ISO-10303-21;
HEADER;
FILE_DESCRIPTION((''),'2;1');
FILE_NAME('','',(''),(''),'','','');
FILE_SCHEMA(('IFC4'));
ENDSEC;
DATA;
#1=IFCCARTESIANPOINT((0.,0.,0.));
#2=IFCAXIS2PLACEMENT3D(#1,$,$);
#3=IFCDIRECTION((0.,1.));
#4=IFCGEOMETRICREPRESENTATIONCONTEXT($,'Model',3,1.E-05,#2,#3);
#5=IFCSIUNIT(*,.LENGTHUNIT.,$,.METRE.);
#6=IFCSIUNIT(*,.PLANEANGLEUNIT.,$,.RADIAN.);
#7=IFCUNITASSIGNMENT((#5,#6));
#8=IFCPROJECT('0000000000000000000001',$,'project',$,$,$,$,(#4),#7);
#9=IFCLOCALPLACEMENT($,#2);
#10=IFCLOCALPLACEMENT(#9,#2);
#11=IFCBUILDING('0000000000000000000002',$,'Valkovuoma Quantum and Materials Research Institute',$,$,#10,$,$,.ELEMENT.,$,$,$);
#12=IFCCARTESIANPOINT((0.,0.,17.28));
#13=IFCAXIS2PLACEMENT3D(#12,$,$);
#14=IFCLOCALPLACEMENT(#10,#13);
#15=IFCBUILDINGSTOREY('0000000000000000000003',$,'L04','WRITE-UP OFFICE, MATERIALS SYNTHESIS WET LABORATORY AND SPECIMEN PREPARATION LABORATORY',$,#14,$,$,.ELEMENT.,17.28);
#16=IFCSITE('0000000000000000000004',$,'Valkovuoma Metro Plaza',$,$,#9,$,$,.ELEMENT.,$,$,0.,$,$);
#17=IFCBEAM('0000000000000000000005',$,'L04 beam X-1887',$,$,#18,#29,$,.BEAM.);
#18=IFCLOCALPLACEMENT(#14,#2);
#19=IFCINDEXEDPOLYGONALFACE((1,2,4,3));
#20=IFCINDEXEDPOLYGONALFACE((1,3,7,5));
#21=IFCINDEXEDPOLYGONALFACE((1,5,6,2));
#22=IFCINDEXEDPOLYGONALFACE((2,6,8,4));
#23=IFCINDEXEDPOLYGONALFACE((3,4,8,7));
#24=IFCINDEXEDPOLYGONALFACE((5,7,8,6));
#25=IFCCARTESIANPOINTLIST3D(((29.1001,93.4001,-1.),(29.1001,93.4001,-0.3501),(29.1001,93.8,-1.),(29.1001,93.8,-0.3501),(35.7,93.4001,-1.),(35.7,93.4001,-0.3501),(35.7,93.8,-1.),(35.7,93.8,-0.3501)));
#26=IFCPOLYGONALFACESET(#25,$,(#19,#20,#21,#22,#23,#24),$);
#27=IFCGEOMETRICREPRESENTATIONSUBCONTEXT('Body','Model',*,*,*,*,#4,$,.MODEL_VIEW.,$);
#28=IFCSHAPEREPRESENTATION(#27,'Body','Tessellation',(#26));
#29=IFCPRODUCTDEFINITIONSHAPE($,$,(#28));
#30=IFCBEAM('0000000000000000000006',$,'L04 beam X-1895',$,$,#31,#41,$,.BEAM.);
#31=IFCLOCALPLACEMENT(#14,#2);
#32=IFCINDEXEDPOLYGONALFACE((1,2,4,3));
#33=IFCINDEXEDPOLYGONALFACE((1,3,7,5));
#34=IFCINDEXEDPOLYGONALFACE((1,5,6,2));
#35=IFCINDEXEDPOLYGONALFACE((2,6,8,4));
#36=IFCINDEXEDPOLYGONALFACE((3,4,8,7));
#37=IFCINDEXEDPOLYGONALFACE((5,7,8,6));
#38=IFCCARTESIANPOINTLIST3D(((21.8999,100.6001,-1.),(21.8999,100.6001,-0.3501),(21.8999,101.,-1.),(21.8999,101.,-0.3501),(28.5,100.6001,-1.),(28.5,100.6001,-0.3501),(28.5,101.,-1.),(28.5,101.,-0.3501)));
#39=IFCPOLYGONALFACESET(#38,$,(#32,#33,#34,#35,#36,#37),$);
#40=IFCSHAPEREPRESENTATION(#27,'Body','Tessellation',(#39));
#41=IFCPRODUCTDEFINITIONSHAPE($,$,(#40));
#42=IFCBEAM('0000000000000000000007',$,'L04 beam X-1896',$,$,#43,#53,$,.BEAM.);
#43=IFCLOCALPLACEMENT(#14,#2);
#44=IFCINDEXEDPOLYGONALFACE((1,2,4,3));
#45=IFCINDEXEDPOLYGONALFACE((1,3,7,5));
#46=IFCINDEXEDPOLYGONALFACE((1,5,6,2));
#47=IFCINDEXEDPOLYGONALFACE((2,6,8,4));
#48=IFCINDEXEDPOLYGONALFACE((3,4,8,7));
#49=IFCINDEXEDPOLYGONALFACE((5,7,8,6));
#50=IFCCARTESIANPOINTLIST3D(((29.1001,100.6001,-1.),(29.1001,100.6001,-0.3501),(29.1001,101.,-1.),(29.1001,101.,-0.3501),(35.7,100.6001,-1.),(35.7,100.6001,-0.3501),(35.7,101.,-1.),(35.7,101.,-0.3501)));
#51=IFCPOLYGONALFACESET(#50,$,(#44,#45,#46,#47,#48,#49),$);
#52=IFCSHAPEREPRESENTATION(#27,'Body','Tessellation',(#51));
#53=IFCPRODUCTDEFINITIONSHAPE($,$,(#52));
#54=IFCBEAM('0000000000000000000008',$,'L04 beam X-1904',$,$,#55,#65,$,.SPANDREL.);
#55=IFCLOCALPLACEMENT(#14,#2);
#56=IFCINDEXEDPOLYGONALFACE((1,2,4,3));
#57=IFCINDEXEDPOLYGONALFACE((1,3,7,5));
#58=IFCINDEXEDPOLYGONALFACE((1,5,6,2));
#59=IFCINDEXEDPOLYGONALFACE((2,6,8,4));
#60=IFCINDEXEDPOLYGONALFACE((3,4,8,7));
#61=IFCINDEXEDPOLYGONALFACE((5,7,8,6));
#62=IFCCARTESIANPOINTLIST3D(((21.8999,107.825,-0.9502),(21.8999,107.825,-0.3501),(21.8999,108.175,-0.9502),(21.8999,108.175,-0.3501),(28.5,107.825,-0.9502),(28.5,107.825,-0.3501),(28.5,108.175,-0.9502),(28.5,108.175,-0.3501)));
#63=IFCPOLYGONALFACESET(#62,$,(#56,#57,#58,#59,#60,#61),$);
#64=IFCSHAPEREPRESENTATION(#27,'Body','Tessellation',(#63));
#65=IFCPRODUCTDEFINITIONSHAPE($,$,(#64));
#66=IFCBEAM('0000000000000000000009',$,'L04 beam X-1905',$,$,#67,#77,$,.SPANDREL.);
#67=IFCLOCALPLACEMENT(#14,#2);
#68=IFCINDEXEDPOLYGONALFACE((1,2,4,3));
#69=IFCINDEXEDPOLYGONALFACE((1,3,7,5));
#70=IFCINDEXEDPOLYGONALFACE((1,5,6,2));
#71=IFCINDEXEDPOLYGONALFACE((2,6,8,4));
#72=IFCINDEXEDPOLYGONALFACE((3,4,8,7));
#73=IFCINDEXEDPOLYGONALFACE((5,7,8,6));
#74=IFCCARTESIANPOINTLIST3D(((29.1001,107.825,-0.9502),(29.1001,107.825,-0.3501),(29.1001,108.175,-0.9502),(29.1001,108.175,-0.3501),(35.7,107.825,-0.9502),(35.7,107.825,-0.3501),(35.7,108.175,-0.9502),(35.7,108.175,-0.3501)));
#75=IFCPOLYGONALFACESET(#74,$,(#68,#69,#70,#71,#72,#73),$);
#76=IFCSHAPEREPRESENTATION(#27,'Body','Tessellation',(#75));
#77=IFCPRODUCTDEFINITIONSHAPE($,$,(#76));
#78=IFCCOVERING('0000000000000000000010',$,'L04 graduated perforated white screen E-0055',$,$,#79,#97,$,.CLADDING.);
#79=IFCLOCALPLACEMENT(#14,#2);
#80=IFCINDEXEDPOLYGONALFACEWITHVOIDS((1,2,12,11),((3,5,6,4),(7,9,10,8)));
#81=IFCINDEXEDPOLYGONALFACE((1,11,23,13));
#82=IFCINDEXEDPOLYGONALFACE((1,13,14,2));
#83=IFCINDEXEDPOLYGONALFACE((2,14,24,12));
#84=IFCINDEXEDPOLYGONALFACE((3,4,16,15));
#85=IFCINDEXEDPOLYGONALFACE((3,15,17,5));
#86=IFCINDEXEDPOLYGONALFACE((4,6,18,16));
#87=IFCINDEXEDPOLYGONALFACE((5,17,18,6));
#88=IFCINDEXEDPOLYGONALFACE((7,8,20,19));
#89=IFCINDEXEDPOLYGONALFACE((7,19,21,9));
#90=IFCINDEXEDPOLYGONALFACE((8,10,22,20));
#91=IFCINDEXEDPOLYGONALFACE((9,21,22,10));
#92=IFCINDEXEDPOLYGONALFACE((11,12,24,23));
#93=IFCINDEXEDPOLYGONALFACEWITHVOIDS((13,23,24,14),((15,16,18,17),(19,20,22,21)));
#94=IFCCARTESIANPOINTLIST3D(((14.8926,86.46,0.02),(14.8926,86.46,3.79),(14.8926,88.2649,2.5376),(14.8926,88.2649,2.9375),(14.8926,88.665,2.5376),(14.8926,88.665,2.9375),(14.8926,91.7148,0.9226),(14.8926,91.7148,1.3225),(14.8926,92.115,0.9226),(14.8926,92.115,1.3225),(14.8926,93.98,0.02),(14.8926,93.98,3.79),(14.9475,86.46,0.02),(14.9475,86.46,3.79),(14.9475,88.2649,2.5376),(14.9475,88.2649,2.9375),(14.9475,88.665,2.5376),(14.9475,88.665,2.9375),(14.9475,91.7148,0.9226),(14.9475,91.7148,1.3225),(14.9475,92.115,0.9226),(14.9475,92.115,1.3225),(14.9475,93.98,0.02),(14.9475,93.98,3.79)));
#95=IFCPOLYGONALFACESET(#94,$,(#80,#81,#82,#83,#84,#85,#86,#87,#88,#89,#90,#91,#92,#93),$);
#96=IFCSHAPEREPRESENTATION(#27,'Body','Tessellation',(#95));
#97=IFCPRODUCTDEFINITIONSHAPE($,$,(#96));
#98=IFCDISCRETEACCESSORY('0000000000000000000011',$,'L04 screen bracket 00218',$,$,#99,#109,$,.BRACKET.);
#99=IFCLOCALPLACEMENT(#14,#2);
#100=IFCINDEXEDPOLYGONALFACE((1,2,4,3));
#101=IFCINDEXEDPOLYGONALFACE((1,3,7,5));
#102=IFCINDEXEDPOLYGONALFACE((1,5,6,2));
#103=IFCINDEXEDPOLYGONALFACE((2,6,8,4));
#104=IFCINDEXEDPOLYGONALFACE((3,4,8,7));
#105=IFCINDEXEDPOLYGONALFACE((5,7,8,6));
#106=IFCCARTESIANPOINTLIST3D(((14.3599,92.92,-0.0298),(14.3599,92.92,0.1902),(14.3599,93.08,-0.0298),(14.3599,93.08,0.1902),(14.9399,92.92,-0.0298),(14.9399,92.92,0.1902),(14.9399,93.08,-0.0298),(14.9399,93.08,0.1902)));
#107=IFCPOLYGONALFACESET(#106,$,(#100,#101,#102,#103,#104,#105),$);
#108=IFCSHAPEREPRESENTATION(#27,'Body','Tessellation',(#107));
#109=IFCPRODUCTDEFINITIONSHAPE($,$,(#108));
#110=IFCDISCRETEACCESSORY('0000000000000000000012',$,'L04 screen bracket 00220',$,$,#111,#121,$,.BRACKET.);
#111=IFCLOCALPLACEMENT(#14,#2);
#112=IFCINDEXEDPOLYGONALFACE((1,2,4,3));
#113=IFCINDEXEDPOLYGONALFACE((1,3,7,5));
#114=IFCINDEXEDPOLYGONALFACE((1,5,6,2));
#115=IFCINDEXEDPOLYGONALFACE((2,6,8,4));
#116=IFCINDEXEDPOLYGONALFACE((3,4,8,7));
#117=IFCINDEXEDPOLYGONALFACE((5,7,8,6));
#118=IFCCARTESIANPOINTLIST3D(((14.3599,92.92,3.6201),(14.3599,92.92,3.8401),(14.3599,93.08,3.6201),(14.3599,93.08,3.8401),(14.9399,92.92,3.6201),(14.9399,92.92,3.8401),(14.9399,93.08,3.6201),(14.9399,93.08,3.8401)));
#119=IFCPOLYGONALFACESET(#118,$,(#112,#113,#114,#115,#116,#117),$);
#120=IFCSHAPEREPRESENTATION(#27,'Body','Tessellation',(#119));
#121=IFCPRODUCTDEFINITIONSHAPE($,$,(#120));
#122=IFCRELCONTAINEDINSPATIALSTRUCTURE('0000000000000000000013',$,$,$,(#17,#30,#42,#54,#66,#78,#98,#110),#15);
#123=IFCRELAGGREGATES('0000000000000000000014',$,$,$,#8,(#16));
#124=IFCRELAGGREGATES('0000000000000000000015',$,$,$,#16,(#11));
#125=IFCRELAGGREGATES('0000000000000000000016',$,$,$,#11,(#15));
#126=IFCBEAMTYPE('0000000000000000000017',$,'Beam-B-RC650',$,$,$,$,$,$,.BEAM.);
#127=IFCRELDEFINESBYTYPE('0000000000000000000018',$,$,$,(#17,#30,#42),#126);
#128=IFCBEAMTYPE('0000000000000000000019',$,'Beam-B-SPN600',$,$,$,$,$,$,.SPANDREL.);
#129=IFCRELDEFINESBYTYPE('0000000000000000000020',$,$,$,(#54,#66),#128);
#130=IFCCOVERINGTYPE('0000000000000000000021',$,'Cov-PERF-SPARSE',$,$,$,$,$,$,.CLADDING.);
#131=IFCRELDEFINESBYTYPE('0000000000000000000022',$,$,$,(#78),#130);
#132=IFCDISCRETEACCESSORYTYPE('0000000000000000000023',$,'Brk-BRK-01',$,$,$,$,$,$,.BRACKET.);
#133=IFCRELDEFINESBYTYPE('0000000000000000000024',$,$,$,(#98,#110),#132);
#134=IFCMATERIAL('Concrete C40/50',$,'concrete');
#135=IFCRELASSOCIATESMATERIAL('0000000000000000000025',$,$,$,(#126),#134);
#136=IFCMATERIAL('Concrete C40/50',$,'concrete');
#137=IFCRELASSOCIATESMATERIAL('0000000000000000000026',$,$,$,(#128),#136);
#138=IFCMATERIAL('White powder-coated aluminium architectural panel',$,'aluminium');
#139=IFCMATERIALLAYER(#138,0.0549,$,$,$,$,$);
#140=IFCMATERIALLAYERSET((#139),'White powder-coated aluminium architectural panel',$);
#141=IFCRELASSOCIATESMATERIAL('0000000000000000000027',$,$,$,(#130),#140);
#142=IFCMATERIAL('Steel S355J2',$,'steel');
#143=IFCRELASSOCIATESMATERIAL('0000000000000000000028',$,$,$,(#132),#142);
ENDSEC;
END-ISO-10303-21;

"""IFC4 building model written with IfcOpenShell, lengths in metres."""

from ifc_helpers import new_model, si_unit, direction, frame, origin, origin_2d, place, context, subcontext, project, spatial, polyline, rectangle, outline, extrude, material, layer, layer_set, material_profile, profile_set, type_object, element, save


model = new_model("IFC4")

# Units and contexts
model_context = context("Model", 3, precision=1e-05, world=origin(), true_north=direction((0.0, 1.0)))
body_context = subcontext(model_context, "Body", "Model", "MODEL_VIEW")
ifc_project = project(units=[si_unit("LENGTHUNIT", "METRE"), si_unit("PLANEANGLEUNIT", "RADIAN")], contexts=[model_context])

# Site, building, storey
site_placement = place(None, origin())
site = spatial("IfcSite", under=ifc_project, at=site_placement, Name="Valkovuoma Metro Plaza", CompositionType="ELEMENT", RefElevation=0.0)
building_placement = place(site_placement, origin())
building = spatial("IfcBuilding", under=site, at=building_placement, Name="Valkovuoma Quantum and Materials Research Institute", CompositionType="ELEMENT")
storey_placement = place(building_placement, frame((0.0, 0.0, 17.28)))
storey = spatial("IfcBuildingStorey", under=building, at=storey_placement, Name="L04", Description="WRITE-UP OFFICE, MATERIALS SYNTHESIS WET LABORATORY AND SPECIMEN PREPARATION LABORATORY", CompositionType="ELEMENT", Elevation=17.28)

# Beams
ifc_material_1 = material(Name="Concrete C40/50", Category="concrete")
ifc_material_profile_1 = material_profile(ifc_material_1, rectangle(XDim=0.3999, YDim=0.6499, at=origin_2d()), Name="Concrete C40/50")
ifc_profile_set_1 = profile_set([ifc_material_profile_1], Name="Concrete C40/50")
beam_type_1 = type_object("IfcBeamType", Name="Beam-B-RC650", PredefinedType="BEAM", material=ifc_profile_set_1)
beam_1_placement = place(storey_placement, frame((29.1001, 93.6001, -0.675), z_axis=(1.0, 0.0, 0.0), x_axis=(0.0, 1.0, 0.0)))
element("IfcBeam", 1, at=beam_1_placement, inside=storey, type_object=beam_type_1, Name="L04 beam X-1887", PredefinedType="BEAM", context=body_context, shape_type="SweptSolid", body=[
    extrude(rectangle(XDim=0.3999, YDim=0.6499, at=origin_2d()), origin(), (0.0, 0.0, 1.0), 6.5999),
])
beam_2_placement = place(storey_placement, frame((21.8999, 100.8, -0.675), z_axis=(1.0, 0.0, 0.0), x_axis=(0.0, 1.0, 0.0)))
element("IfcBeam", 2, at=beam_2_placement, inside=storey, type_object=beam_type_1, Name="L04 beam X-1895", PredefinedType="BEAM", context=body_context, shape_type="SweptSolid", body=[
    extrude(rectangle(XDim=0.3999, YDim=0.6499, at=origin_2d()), origin(), (0.0, 0.0, 1.0), 6.6001),
])
beam_3_placement = place(storey_placement, frame((29.1001, 100.8, -0.675), z_axis=(1.0, 0.0, 0.0), x_axis=(0.0, 1.0, 0.0)))
element("IfcBeam", 3, at=beam_3_placement, inside=storey, type_object=beam_type_1, Name="L04 beam X-1896", PredefinedType="BEAM", context=body_context, shape_type="SweptSolid", body=[
    extrude(rectangle(XDim=0.3999, YDim=0.6499, at=origin_2d()), origin(), (0.0, 0.0, 1.0), 6.5999),
])
ifc_material_2 = material(Name="Concrete C40/50", Category="concrete")
ifc_material_profile_2 = material_profile(ifc_material_2, rectangle(XDim=0.3501, YDim=0.6001, at=origin_2d()), Name="Concrete C40/50")
ifc_profile_set_2 = profile_set([ifc_material_profile_2], Name="Concrete C40/50")
beam_type_2 = type_object("IfcBeamType", Name="Beam-B-SPN600", PredefinedType="SPANDREL", material=ifc_profile_set_2)
beam_4_placement = place(storey_placement, frame((21.8999, 108.0, -0.6501), z_axis=(1.0, 0.0, 0.0), x_axis=(0.0, 1.0, 0.0)))
element("IfcBeam", 4, at=beam_4_placement, inside=storey, type_object=beam_type_2, Name="L04 beam X-1904", PredefinedType="SPANDREL", context=body_context, shape_type="SweptSolid", body=[
    extrude(rectangle(XDim=0.3501, YDim=0.6001, at=origin_2d()), origin(), (0.0, 0.0, 1.0), 6.6001),
])
beam_5_placement = place(storey_placement, frame((29.1001, 108.0, -0.6501), z_axis=(1.0, 0.0, 0.0), x_axis=(0.0, 1.0, 0.0)))
element("IfcBeam", 5, at=beam_5_placement, inside=storey, type_object=beam_type_2, Name="L04 beam X-1905", PredefinedType="SPANDREL", context=body_context, shape_type="SweptSolid", body=[
    extrude(rectangle(XDim=0.3501, YDim=0.6001, at=origin_2d()), origin(), (0.0, 0.0, 1.0), 6.5999),
])

# Covering
ifc_material_3 = material(Name="White powder-coated aluminium architectural panel", Category="aluminium")
ifc_layer = layer(ifc_material_3, 0.0549)
ifc_layer_set = layer_set([ifc_layer], Name="White powder-coated aluminium architectural panel")
covering_type = type_object("IfcCoveringType", Name="Cov-PERF-SPARSE", PredefinedType="CLADDING", material=ifc_layer_set)
covering_placement = place(storey_placement, frame((14.9199, 86.46, 0.02), z_axis=(0.0, 0.0, 1.0), x_axis=(0.0, 1.0, 0.0)))
element("IfcCovering", 6, at=covering_placement, inside=storey, type_object=covering_type, Name="L04 graduated perforated white screen E-0055", PredefinedType="CLADDING", context=body_context, shape_type="SweptSolid", body=[
    extrude(outline(polyline([(0.0, 0.0), (7.52, 0.0), (7.52, 3.77), (0.0, 3.77), (0.0, 0.0)]), holes=[polyline([(1.8049, 2.5176), (1.8049, 2.9175), (2.2051, 2.9175), (2.2051, 2.5176), (1.8049, 2.5176)]), polyline([(5.2549, 0.9026), (5.2549, 1.3025), (5.655, 1.3025), (5.655, 0.9026), (5.2549, 0.9026)])]), frame((0.0, 0.0273, 0.0), z_axis=(0.0, -1.0, 0.0), x_axis=(1.0, 0.0, 0.0)), (0.0, 0.0, 1.0), 0.0549),
])

# Discrete accessories
ifc_material_4 = material(Name="Steel S355J2", Category="steel")
discrete_accessory_type = type_object("IfcDiscreteAccessoryType", Name="Brk-BRK-01", PredefinedType="BRACKET", material=ifc_material_4)
for number, where, z_axis, x_axis, name in (
    (7, (14.6499, 93.0, -0.0298), (0.0, 0.0, 1.0), (1.0, 0.0, 0.0), "L04 screen bracket 00218"),
    (8, (14.6499, 93.0, 3.6201), (0.0, 0.0, 1.0), (1.0, 0.0, 0.0), "L04 screen bracket 00220"),
):
    element("IfcDiscreteAccessory", number, at=place(storey_placement, frame(where, z_axis=z_axis, x_axis=x_axis)), inside=storey, type_object=discrete_accessory_type, Name=name, PredefinedType="BRACKET", context=body_context, shape_type="SweptSolid", body=[
        extrude(rectangle(XDim=0.5801, YDim=0.1599, at=origin_2d()), origin(), (0.0, 0.0, 1.0), 0.22),
    ])

save(model, "model.ifc")
